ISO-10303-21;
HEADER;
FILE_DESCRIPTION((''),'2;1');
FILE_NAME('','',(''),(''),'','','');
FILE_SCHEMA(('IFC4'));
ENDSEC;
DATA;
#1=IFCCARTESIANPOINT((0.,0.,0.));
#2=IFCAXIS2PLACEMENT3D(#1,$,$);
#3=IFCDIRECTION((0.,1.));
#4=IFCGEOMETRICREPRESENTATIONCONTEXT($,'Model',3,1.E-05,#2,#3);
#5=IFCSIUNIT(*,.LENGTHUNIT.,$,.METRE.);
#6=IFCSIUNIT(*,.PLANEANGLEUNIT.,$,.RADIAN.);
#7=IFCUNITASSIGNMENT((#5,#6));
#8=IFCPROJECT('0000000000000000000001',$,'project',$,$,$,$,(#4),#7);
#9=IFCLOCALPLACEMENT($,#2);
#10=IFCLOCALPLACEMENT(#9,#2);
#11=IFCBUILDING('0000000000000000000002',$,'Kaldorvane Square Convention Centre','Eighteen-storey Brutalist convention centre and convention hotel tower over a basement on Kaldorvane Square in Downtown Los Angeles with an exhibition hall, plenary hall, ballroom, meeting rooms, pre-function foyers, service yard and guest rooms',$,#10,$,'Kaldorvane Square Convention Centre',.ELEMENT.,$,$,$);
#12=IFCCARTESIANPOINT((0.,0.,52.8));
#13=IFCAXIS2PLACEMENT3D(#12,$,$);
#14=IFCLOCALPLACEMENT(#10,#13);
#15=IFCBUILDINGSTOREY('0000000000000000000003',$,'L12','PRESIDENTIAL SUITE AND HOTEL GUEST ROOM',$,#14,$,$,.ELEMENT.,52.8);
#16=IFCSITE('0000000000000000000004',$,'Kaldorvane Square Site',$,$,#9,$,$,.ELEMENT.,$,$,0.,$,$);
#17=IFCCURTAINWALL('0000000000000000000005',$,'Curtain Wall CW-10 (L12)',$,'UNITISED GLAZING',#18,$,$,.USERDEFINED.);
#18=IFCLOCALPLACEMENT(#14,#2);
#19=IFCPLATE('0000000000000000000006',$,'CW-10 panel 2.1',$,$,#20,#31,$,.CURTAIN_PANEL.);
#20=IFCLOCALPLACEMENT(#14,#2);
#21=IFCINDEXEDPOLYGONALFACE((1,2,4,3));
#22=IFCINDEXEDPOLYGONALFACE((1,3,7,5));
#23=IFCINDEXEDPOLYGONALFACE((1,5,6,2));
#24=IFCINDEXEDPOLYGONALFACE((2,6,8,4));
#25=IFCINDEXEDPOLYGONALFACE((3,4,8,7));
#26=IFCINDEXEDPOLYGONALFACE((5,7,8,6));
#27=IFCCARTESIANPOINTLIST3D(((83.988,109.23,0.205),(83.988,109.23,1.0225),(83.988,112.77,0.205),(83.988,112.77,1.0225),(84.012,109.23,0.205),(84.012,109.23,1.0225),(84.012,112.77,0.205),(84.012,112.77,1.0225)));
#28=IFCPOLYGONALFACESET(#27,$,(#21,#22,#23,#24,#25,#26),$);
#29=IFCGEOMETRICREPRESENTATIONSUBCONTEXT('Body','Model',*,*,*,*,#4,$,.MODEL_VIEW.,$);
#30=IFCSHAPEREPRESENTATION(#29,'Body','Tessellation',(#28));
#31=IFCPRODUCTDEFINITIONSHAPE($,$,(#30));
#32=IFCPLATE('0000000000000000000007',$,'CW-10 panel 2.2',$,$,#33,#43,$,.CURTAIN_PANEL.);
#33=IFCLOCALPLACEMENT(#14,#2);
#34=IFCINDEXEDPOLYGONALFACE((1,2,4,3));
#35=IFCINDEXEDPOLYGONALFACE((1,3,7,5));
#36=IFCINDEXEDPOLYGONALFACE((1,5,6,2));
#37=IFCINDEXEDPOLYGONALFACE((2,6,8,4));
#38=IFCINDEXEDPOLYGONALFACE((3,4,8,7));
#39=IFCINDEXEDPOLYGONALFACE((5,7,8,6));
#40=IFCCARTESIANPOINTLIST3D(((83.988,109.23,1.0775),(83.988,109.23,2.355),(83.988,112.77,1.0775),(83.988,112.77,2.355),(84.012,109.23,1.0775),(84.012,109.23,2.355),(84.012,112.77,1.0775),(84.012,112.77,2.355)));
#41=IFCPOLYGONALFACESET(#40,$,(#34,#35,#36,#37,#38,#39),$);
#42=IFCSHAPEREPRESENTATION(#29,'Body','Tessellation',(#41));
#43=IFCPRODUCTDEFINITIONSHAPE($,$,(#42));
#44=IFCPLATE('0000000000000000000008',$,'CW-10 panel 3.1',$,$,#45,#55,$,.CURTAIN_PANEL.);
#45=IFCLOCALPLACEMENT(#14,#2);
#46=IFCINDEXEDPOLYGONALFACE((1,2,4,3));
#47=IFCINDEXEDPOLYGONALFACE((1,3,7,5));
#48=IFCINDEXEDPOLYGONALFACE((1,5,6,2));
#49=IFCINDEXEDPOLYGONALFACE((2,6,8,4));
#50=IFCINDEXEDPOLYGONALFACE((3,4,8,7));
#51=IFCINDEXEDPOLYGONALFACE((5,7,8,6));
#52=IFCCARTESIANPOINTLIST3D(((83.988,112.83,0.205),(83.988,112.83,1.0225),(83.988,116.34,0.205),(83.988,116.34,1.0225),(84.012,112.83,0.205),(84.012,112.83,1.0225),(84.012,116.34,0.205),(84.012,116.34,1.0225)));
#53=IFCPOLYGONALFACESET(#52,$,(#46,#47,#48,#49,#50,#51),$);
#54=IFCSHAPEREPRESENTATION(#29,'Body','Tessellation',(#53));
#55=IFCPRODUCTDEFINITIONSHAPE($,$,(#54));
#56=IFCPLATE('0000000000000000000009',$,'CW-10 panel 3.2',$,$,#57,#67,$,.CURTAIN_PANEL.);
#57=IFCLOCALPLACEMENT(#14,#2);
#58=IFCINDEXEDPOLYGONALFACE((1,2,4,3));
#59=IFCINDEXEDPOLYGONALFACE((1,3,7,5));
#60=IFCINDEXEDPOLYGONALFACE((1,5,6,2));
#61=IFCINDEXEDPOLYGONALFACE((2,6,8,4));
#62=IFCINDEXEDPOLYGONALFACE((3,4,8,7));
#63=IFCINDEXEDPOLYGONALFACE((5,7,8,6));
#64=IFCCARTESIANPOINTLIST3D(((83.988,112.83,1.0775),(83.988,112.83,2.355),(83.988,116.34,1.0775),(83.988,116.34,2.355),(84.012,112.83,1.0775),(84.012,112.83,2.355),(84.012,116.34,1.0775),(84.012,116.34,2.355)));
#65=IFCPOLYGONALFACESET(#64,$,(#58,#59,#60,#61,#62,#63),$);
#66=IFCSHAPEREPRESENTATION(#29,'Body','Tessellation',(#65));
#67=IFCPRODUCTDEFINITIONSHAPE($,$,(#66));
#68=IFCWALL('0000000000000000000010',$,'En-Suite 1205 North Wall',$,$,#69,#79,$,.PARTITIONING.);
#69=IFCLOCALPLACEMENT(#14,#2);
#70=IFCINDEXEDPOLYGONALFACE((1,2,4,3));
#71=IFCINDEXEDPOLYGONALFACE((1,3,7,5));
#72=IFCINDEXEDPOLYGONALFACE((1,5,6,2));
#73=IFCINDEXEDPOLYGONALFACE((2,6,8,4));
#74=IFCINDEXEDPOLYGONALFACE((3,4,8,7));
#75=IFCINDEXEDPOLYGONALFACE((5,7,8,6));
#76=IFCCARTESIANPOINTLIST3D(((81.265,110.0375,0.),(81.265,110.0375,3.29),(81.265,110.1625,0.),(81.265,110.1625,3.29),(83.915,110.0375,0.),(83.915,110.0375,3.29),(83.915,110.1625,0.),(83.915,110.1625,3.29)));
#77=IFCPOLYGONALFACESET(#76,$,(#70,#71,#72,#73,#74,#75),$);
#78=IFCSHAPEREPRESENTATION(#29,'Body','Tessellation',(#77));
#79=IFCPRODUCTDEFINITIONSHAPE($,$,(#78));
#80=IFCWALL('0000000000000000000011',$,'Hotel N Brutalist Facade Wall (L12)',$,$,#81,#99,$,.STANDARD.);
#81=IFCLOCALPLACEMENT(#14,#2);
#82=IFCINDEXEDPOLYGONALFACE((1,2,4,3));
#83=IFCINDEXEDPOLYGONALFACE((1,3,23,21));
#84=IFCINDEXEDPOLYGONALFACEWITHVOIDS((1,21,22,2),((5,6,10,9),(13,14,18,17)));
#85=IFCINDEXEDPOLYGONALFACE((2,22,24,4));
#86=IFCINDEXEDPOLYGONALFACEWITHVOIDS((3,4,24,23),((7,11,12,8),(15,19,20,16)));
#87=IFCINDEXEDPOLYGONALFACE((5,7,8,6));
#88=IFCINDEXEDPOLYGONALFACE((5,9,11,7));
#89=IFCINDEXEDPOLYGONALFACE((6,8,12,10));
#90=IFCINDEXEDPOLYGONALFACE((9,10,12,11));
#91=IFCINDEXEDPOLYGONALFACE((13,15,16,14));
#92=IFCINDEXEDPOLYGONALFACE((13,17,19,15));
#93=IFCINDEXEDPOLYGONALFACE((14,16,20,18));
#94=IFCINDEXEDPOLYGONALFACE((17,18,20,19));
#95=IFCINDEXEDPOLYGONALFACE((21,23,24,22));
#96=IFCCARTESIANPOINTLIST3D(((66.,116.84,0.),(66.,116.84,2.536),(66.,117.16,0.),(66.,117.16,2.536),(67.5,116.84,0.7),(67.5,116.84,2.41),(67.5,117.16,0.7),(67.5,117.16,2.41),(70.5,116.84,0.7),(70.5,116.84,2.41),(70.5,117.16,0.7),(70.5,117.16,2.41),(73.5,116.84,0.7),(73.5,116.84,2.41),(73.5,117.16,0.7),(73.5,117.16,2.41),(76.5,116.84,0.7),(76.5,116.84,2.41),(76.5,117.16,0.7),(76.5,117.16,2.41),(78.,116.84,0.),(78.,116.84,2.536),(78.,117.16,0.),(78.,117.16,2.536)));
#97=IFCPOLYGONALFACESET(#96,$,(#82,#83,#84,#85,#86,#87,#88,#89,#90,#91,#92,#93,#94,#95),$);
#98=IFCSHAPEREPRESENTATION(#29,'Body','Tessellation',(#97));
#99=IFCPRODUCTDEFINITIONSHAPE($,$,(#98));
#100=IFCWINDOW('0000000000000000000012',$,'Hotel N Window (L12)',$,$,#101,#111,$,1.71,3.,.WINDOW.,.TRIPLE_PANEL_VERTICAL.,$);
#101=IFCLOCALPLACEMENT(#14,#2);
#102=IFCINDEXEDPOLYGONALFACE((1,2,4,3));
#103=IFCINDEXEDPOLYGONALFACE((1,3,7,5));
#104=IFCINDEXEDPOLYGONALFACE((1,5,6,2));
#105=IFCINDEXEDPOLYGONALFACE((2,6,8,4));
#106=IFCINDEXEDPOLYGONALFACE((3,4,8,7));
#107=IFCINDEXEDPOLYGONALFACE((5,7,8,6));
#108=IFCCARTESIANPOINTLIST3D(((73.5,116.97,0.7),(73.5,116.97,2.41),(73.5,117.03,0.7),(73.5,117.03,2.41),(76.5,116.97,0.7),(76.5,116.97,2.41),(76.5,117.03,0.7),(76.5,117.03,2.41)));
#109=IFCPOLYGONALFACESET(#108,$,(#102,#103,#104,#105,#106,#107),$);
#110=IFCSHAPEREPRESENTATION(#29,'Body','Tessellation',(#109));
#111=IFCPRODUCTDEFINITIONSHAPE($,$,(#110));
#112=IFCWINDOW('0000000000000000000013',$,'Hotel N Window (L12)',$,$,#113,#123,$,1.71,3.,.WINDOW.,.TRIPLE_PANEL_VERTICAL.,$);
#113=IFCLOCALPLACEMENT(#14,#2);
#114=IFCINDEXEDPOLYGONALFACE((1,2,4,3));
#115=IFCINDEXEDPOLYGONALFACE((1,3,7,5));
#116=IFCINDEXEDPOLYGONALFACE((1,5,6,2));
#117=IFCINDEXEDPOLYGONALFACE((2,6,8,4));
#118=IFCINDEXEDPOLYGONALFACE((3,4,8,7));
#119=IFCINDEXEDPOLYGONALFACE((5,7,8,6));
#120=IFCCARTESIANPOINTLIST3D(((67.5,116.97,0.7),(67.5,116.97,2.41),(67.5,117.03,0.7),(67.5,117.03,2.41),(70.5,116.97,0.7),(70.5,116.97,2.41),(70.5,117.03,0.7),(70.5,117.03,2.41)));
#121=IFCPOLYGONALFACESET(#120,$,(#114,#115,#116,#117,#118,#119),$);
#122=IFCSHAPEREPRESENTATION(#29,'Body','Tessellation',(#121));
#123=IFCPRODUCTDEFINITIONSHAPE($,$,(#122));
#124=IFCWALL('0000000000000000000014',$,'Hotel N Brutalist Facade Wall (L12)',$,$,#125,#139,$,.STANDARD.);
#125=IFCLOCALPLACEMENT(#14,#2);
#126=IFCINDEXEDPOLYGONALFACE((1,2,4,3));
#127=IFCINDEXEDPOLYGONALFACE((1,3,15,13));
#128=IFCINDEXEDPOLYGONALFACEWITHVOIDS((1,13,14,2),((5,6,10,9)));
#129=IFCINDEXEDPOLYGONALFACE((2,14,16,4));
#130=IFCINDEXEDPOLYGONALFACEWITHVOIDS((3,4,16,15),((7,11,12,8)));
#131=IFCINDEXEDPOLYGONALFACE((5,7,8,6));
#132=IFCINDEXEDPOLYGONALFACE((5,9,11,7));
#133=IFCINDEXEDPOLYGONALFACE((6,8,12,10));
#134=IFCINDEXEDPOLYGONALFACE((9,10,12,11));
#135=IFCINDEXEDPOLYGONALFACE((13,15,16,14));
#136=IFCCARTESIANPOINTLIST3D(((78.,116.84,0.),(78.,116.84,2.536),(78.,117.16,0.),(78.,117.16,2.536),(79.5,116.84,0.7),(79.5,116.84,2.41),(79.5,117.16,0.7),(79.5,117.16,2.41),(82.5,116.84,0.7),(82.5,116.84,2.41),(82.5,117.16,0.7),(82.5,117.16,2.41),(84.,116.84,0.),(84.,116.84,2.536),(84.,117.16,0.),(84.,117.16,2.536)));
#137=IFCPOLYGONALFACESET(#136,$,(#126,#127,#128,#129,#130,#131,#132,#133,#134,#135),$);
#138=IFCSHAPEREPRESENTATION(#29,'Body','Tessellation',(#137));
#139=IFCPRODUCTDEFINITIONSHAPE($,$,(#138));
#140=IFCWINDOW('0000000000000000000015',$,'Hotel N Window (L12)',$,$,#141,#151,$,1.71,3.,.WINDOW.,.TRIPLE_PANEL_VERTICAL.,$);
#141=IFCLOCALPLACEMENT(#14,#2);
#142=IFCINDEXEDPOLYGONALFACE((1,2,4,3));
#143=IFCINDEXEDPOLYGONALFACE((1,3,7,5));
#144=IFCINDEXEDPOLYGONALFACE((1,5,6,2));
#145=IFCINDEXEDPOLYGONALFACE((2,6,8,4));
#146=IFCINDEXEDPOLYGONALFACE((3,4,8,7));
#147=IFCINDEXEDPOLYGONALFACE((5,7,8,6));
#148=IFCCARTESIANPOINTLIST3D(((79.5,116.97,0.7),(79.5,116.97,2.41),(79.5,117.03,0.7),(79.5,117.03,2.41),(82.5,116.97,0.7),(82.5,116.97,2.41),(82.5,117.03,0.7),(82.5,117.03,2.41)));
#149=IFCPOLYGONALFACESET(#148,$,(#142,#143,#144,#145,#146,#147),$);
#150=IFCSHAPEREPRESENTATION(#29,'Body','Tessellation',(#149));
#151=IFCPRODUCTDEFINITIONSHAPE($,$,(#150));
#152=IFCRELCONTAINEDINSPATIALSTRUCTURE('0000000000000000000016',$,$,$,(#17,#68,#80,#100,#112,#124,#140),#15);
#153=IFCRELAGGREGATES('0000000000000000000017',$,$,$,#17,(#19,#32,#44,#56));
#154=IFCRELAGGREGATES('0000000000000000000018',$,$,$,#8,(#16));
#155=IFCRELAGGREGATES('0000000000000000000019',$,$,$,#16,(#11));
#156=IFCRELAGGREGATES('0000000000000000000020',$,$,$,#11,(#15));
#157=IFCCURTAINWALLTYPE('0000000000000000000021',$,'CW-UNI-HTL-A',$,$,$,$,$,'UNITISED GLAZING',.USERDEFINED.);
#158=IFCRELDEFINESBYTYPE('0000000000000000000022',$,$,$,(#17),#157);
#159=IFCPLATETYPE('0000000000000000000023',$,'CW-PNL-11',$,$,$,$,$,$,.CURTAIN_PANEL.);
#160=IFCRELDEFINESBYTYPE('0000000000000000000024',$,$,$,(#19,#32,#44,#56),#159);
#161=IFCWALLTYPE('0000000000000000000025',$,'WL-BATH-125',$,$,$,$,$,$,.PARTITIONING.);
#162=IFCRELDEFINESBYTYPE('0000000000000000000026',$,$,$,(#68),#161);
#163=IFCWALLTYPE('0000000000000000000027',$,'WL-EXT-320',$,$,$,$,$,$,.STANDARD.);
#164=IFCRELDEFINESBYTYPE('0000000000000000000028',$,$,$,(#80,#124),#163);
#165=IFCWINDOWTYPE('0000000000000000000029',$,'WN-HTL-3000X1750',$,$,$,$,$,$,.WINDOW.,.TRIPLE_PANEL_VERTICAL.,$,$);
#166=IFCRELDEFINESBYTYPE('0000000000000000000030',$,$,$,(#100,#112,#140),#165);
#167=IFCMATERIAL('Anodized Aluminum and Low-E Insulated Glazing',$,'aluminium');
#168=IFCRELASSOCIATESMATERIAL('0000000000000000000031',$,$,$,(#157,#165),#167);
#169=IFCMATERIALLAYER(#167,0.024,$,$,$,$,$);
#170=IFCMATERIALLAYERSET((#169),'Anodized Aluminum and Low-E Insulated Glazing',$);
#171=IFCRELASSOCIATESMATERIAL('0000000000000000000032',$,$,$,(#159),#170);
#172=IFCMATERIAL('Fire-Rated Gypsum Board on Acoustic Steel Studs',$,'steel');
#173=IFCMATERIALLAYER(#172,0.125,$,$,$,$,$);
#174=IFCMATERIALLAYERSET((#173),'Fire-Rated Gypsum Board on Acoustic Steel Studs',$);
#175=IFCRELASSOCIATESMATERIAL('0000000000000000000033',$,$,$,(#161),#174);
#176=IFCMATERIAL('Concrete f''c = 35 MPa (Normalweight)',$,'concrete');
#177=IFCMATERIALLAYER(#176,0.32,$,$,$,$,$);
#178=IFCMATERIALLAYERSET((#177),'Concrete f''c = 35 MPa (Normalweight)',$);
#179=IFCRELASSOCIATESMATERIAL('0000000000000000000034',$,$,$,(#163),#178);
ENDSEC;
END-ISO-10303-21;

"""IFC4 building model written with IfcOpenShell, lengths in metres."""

from ifc_helpers import new_model, si_unit, direction, frame, frame_2d, origin, origin_2d, place, context, subcontext, project, spatial, rectangle, extrude, material, layer, layer_set, type_object, element, fill, aggregate, save


model = new_model("IFC4")

# Units and contexts
model_context = context("Model", 3, precision=1e-05, world=origin(), true_north=direction((0.0, 1.0)))
body_context = subcontext(model_context, "Body", "Model", "MODEL_VIEW")
ifc_project = project(units=[si_unit("LENGTHUNIT", "METRE"), si_unit("PLANEANGLEUNIT", "RADIAN")], contexts=[model_context])

# Site, building, storey
site_placement = place(None, origin())
site = spatial("IfcSite", under=ifc_project, at=site_placement, Name="Kaldorvane Square Site", CompositionType="ELEMENT", RefElevation=0.0)
building_placement = place(site_placement, origin())
building = spatial("IfcBuilding", under=site, at=building_placement, Name="Kaldorvane Square Convention Centre", Description="Eighteen-storey Brutalist convention centre and convention hotel tower over a basement on Kaldorvane Square in Downtown Los Angeles with an exhibition hall, plenary hall, ballroom, meeting rooms, pre-function foyers, service yard and guest rooms", LongName="Kaldorvane Square Convention Centre", CompositionType="ELEMENT")
storey_placement = place(building_placement, frame((0.0, 0.0, 52.8)))
storey = spatial("IfcBuildingStorey", under=building, at=storey_placement, Name="L12", Description="PRESIDENTIAL SUITE AND HOTEL GUEST ROOM", CompositionType="ELEMENT", Elevation=52.8)

# Curtain wall, plates
ifc_material_1 = material(Name="Anodized Aluminum and Low-E Insulated Glazing", Category="aluminium")
curtain_wall_type = type_object("IfcCurtainWallType", Name="CW-UNI-HTL-A", ElementType="UNITISED GLAZING", PredefinedType="USERDEFINED", material=ifc_material_1)
curtain_wall_placement = place(storey_placement, origin())
curtain_wall = element("IfcCurtainWall", 1, at=curtain_wall_placement, inside=storey, type_object=curtain_wall_type, Name="Curtain Wall CW-10 (L12)", ObjectType="UNITISED GLAZING", PredefinedType="USERDEFINED")
ifc_layer_1 = layer(ifc_material_1, 0.024)
ifc_layer_set_1 = layer_set([ifc_layer_1], Name="Anodized Aluminum and Low-E Insulated Glazing")
plate_type = type_object("IfcPlateType", Name="CW-PNL-11", PredefinedType="CURTAIN_PANEL", material=ifc_layer_set_1)
plate_1_placement = place(storey_placement, frame((84.0, 111.0, 0.205), z_axis=(0.0, 0.0, 1.0), x_axis=(0.0, 1.0, 0.0)))
plate_1 = element("IfcPlate", 2, at=plate_1_placement, type_object=plate_type, Name="CW-10 panel 2.1", PredefinedType="CURTAIN_PANEL", context=body_context, shape_type="SweptSolid", body=[
    extrude(rectangle(XDim=3.54, YDim=0.024, at=origin_2d()), origin(), (0.0, 0.0, 1.0), 0.8175),
])
plate_2_placement = place(storey_placement, frame((84.0, 111.0, 1.0775), z_axis=(0.0, 0.0, 1.0), x_axis=(0.0, 1.0, 0.0)))
plate_2 = element("IfcPlate", 3, at=plate_2_placement, type_object=plate_type, Name="CW-10 panel 2.2", PredefinedType="CURTAIN_PANEL", context=body_context, shape_type="SweptSolid", body=[
    extrude(rectangle(XDim=3.54, YDim=0.024, at=origin_2d()), origin(), (0.0, 0.0, 1.0), 1.2775),
])
plate_3_placement = place(storey_placement, frame((84.0, 114.585, 0.205), z_axis=(0.0, 0.0, 1.0), x_axis=(0.0, 1.0, 0.0)))
plate_3 = element("IfcPlate", 4, at=plate_3_placement, type_object=plate_type, Name="CW-10 panel 3.1", PredefinedType="CURTAIN_PANEL", context=body_context, shape_type="SweptSolid", body=[
    extrude(rectangle(XDim=3.51, YDim=0.024, at=origin_2d()), origin(), (0.0, 0.0, 1.0), 0.8175),
])
plate_4_placement = place(storey_placement, frame((84.0, 114.585, 1.0775), z_axis=(0.0, 0.0, 1.0), x_axis=(0.0, 1.0, 0.0)))
plate_4 = element("IfcPlate", 5, at=plate_4_placement, type_object=plate_type, Name="CW-10 panel 3.2", PredefinedType="CURTAIN_PANEL", context=body_context, shape_type="SweptSolid", body=[
    extrude(rectangle(XDim=3.51, YDim=0.024, at=origin_2d()), origin(), (0.0, 0.0, 1.0), 1.2775),
])
aggregate(curtain_wall, [plate_1, plate_2, plate_3, plate_4])

# Wall
ifc_material_2 = material(Name="Fire-Rated Gypsum Board on Acoustic Steel Studs", Category="steel")
ifc_layer_2 = layer(ifc_material_2, 0.125)
ifc_layer_set_2 = layer_set([ifc_layer_2], Name="Fire-Rated Gypsum Board on Acoustic Steel Studs")
wall_type_1 = type_object("IfcWallType", Name="WL-BATH-125", PredefinedType="PARTITIONING", material=ifc_layer_set_2)
wall_1_placement = place(storey_placement, frame((81.265, 110.1, 0.0), z_axis=(0.0, 0.0, 1.0), x_axis=(1.0, 0.0, 0.0)))
element("IfcWall", 6, at=wall_1_placement, inside=storey, type_object=wall_type_1, Name="En-Suite 1205 North Wall", PredefinedType="PARTITIONING", context=body_context, shape_type="SweptSolid", body=[
    extrude(rectangle(XDim=2.65, YDim=0.125, at=frame_2d((1.325, 0.0))), origin(), (0.0, 0.0, 1.0), 3.29),
])

# Wall, openings, windows
ifc_material_3 = material(Name="Concrete f'c = 35 MPa (Normalweight)", Category="concrete")
ifc_layer_3 = layer(ifc_material_3, 0.32)
ifc_layer_set_3 = layer_set([ifc_layer_3], Name="Concrete f'c = 35 MPa (Normalweight)")
wall_type_2 = type_object("IfcWallType", Name="WL-EXT-320", PredefinedType="STANDARD", material=ifc_layer_set_3)
wall_2_placement = place(storey_placement, frame((78.0, 117.0, 0.0), z_axis=(0.0, 0.0, 1.0), x_axis=(-1.0, 0.0, 0.0)))
wall_2 = element("IfcWall", 7, at=wall_2_placement, inside=storey, type_object=wall_type_2, Name="Hotel N Brutalist Facade Wall (L12)", PredefinedType="STANDARD", context=body_context, shape_type="SweptSolid", body=[
    extrude(rectangle(XDim=12.0, YDim=0.32, at=frame_2d((6.0, 0.0))), origin(), (0.0, 0.0, 1.0), 2.536),
])
opening_1_placement = place(wall_2_placement, frame((1.5, 0.0, 0.7)))
opening_1 = element("IfcOpeningElement", 8, at=opening_1_placement, cuts=wall_2, PredefinedType="OPENING", context=body_context, shape_type="SweptSolid", body=[
    extrude(rectangle(XDim=3.0, YDim=1.71, at=frame_2d((1.5, 0.855))), frame((0.0, 0.175, 0.0), z_axis=(0.0, -1.0, 0.0), x_axis=(1.0, 0.0, 0.0)), (0.0, 0.0, 1.0), 0.35),
])
opening_2_placement = place(wall_2_placement, frame((7.5, 0.0, 0.7)))
opening_2 = element("IfcOpeningElement", 9, at=opening_2_placement, cuts=wall_2, PredefinedType="OPENING", context=body_context, shape_type="SweptSolid", body=[
    extrude(rectangle(XDim=3.0, YDim=1.71, at=frame_2d((1.5, 0.855))), frame((0.0, 0.175, 0.0), z_axis=(0.0, -1.0, 0.0), x_axis=(1.0, 0.0, 0.0)), (0.0, 0.0, 1.0), 0.35),
])
window_type = type_object("IfcWindowType", Name="WN-HTL-3000X1750", PartitioningType="TRIPLE_PANEL_VERTICAL", PredefinedType="WINDOW", material=ifc_material_1)
window_1_placement = place(opening_1_placement, origin())
window_1 = element("IfcWindow", 10, at=window_1_placement, inside=storey, type_object=window_type, Name="Hotel N Window (L12)", OverallHeight=1.71, OverallWidth=3.0, PartitioningType="TRIPLE_PANEL_VERTICAL", PredefinedType="WINDOW", context=body_context, shape_type="SweptSolid", body=[
    extrude(rectangle(XDim=3.0, YDim=1.71, at=frame_2d((1.5, 0.855))), frame((0.0, 0.03, 0.0), z_axis=(0.0, -1.0, 0.0), x_axis=(1.0, 0.0, 0.0)), (0.0, 0.0, 1.0), 0.06),
])
fill(opening_1, window_1)
window_2_placement = place(opening_2_placement, origin())
window_2 = element("IfcWindow", 11, at=window_2_placement, inside=storey, type_object=window_type, Name="Hotel N Window (L12)", OverallHeight=1.71, OverallWidth=3.0, PartitioningType="TRIPLE_PANEL_VERTICAL", PredefinedType="WINDOW", context=body_context, shape_type="SweptSolid", body=[
    extrude(rectangle(XDim=3.0, YDim=1.71, at=frame_2d((1.5, 0.855))), frame((0.0, 0.03, 0.0), z_axis=(0.0, -1.0, 0.0), x_axis=(1.0, 0.0, 0.0)), (0.0, 0.0, 1.0), 0.06),
])
fill(opening_2, window_2)

# Wall, opening, window
wall_3_placement = place(storey_placement, frame((84.0, 117.0, 0.0), z_axis=(0.0, 0.0, 1.0), x_axis=(-1.0, 0.0, 0.0)))
wall_3 = element("IfcWall", 12, at=wall_3_placement, inside=storey, type_object=wall_type_2, Name="Hotel N Brutalist Facade Wall (L12)", PredefinedType="STANDARD", context=body_context, shape_type="SweptSolid", body=[
    extrude(rectangle(XDim=6.0, YDim=0.32, at=frame_2d((3.0, 0.0))), origin(), (0.0, 0.0, 1.0), 2.536),
])
opening_3_placement = place(wall_3_placement, frame((1.5, 0.0, 0.7)))
opening_3 = element("IfcOpeningElement", 13, at=opening_3_placement, cuts=wall_3, PredefinedType="OPENING", context=body_context, shape_type="SweptSolid", body=[
    extrude(rectangle(XDim=3.0, YDim=1.71, at=frame_2d((1.5, 0.855))), frame((0.0, 0.175, 0.0), z_axis=(0.0, -1.0, 0.0), x_axis=(1.0, 0.0, 0.0)), (0.0, 0.0, 1.0), 0.35),
])
window_3_placement = place(opening_3_placement, origin())
window_3 = element("IfcWindow", 14, at=window_3_placement, inside=storey, type_object=window_type, Name="Hotel N Window (L12)", OverallHeight=1.71, OverallWidth=3.0, PartitioningType="TRIPLE_PANEL_VERTICAL", PredefinedType="WINDOW", context=body_context, shape_type="SweptSolid", body=[
    extrude(rectangle(XDim=3.0, YDim=1.71, at=frame_2d((1.5, 0.855))), frame((0.0, 0.03, 0.0), z_axis=(0.0, -1.0, 0.0), x_axis=(1.0, 0.0, 0.0)), (0.0, 0.0, 1.0), 0.06),
])
fill(opening_3, window_3)

save(model, "model.ifc")
